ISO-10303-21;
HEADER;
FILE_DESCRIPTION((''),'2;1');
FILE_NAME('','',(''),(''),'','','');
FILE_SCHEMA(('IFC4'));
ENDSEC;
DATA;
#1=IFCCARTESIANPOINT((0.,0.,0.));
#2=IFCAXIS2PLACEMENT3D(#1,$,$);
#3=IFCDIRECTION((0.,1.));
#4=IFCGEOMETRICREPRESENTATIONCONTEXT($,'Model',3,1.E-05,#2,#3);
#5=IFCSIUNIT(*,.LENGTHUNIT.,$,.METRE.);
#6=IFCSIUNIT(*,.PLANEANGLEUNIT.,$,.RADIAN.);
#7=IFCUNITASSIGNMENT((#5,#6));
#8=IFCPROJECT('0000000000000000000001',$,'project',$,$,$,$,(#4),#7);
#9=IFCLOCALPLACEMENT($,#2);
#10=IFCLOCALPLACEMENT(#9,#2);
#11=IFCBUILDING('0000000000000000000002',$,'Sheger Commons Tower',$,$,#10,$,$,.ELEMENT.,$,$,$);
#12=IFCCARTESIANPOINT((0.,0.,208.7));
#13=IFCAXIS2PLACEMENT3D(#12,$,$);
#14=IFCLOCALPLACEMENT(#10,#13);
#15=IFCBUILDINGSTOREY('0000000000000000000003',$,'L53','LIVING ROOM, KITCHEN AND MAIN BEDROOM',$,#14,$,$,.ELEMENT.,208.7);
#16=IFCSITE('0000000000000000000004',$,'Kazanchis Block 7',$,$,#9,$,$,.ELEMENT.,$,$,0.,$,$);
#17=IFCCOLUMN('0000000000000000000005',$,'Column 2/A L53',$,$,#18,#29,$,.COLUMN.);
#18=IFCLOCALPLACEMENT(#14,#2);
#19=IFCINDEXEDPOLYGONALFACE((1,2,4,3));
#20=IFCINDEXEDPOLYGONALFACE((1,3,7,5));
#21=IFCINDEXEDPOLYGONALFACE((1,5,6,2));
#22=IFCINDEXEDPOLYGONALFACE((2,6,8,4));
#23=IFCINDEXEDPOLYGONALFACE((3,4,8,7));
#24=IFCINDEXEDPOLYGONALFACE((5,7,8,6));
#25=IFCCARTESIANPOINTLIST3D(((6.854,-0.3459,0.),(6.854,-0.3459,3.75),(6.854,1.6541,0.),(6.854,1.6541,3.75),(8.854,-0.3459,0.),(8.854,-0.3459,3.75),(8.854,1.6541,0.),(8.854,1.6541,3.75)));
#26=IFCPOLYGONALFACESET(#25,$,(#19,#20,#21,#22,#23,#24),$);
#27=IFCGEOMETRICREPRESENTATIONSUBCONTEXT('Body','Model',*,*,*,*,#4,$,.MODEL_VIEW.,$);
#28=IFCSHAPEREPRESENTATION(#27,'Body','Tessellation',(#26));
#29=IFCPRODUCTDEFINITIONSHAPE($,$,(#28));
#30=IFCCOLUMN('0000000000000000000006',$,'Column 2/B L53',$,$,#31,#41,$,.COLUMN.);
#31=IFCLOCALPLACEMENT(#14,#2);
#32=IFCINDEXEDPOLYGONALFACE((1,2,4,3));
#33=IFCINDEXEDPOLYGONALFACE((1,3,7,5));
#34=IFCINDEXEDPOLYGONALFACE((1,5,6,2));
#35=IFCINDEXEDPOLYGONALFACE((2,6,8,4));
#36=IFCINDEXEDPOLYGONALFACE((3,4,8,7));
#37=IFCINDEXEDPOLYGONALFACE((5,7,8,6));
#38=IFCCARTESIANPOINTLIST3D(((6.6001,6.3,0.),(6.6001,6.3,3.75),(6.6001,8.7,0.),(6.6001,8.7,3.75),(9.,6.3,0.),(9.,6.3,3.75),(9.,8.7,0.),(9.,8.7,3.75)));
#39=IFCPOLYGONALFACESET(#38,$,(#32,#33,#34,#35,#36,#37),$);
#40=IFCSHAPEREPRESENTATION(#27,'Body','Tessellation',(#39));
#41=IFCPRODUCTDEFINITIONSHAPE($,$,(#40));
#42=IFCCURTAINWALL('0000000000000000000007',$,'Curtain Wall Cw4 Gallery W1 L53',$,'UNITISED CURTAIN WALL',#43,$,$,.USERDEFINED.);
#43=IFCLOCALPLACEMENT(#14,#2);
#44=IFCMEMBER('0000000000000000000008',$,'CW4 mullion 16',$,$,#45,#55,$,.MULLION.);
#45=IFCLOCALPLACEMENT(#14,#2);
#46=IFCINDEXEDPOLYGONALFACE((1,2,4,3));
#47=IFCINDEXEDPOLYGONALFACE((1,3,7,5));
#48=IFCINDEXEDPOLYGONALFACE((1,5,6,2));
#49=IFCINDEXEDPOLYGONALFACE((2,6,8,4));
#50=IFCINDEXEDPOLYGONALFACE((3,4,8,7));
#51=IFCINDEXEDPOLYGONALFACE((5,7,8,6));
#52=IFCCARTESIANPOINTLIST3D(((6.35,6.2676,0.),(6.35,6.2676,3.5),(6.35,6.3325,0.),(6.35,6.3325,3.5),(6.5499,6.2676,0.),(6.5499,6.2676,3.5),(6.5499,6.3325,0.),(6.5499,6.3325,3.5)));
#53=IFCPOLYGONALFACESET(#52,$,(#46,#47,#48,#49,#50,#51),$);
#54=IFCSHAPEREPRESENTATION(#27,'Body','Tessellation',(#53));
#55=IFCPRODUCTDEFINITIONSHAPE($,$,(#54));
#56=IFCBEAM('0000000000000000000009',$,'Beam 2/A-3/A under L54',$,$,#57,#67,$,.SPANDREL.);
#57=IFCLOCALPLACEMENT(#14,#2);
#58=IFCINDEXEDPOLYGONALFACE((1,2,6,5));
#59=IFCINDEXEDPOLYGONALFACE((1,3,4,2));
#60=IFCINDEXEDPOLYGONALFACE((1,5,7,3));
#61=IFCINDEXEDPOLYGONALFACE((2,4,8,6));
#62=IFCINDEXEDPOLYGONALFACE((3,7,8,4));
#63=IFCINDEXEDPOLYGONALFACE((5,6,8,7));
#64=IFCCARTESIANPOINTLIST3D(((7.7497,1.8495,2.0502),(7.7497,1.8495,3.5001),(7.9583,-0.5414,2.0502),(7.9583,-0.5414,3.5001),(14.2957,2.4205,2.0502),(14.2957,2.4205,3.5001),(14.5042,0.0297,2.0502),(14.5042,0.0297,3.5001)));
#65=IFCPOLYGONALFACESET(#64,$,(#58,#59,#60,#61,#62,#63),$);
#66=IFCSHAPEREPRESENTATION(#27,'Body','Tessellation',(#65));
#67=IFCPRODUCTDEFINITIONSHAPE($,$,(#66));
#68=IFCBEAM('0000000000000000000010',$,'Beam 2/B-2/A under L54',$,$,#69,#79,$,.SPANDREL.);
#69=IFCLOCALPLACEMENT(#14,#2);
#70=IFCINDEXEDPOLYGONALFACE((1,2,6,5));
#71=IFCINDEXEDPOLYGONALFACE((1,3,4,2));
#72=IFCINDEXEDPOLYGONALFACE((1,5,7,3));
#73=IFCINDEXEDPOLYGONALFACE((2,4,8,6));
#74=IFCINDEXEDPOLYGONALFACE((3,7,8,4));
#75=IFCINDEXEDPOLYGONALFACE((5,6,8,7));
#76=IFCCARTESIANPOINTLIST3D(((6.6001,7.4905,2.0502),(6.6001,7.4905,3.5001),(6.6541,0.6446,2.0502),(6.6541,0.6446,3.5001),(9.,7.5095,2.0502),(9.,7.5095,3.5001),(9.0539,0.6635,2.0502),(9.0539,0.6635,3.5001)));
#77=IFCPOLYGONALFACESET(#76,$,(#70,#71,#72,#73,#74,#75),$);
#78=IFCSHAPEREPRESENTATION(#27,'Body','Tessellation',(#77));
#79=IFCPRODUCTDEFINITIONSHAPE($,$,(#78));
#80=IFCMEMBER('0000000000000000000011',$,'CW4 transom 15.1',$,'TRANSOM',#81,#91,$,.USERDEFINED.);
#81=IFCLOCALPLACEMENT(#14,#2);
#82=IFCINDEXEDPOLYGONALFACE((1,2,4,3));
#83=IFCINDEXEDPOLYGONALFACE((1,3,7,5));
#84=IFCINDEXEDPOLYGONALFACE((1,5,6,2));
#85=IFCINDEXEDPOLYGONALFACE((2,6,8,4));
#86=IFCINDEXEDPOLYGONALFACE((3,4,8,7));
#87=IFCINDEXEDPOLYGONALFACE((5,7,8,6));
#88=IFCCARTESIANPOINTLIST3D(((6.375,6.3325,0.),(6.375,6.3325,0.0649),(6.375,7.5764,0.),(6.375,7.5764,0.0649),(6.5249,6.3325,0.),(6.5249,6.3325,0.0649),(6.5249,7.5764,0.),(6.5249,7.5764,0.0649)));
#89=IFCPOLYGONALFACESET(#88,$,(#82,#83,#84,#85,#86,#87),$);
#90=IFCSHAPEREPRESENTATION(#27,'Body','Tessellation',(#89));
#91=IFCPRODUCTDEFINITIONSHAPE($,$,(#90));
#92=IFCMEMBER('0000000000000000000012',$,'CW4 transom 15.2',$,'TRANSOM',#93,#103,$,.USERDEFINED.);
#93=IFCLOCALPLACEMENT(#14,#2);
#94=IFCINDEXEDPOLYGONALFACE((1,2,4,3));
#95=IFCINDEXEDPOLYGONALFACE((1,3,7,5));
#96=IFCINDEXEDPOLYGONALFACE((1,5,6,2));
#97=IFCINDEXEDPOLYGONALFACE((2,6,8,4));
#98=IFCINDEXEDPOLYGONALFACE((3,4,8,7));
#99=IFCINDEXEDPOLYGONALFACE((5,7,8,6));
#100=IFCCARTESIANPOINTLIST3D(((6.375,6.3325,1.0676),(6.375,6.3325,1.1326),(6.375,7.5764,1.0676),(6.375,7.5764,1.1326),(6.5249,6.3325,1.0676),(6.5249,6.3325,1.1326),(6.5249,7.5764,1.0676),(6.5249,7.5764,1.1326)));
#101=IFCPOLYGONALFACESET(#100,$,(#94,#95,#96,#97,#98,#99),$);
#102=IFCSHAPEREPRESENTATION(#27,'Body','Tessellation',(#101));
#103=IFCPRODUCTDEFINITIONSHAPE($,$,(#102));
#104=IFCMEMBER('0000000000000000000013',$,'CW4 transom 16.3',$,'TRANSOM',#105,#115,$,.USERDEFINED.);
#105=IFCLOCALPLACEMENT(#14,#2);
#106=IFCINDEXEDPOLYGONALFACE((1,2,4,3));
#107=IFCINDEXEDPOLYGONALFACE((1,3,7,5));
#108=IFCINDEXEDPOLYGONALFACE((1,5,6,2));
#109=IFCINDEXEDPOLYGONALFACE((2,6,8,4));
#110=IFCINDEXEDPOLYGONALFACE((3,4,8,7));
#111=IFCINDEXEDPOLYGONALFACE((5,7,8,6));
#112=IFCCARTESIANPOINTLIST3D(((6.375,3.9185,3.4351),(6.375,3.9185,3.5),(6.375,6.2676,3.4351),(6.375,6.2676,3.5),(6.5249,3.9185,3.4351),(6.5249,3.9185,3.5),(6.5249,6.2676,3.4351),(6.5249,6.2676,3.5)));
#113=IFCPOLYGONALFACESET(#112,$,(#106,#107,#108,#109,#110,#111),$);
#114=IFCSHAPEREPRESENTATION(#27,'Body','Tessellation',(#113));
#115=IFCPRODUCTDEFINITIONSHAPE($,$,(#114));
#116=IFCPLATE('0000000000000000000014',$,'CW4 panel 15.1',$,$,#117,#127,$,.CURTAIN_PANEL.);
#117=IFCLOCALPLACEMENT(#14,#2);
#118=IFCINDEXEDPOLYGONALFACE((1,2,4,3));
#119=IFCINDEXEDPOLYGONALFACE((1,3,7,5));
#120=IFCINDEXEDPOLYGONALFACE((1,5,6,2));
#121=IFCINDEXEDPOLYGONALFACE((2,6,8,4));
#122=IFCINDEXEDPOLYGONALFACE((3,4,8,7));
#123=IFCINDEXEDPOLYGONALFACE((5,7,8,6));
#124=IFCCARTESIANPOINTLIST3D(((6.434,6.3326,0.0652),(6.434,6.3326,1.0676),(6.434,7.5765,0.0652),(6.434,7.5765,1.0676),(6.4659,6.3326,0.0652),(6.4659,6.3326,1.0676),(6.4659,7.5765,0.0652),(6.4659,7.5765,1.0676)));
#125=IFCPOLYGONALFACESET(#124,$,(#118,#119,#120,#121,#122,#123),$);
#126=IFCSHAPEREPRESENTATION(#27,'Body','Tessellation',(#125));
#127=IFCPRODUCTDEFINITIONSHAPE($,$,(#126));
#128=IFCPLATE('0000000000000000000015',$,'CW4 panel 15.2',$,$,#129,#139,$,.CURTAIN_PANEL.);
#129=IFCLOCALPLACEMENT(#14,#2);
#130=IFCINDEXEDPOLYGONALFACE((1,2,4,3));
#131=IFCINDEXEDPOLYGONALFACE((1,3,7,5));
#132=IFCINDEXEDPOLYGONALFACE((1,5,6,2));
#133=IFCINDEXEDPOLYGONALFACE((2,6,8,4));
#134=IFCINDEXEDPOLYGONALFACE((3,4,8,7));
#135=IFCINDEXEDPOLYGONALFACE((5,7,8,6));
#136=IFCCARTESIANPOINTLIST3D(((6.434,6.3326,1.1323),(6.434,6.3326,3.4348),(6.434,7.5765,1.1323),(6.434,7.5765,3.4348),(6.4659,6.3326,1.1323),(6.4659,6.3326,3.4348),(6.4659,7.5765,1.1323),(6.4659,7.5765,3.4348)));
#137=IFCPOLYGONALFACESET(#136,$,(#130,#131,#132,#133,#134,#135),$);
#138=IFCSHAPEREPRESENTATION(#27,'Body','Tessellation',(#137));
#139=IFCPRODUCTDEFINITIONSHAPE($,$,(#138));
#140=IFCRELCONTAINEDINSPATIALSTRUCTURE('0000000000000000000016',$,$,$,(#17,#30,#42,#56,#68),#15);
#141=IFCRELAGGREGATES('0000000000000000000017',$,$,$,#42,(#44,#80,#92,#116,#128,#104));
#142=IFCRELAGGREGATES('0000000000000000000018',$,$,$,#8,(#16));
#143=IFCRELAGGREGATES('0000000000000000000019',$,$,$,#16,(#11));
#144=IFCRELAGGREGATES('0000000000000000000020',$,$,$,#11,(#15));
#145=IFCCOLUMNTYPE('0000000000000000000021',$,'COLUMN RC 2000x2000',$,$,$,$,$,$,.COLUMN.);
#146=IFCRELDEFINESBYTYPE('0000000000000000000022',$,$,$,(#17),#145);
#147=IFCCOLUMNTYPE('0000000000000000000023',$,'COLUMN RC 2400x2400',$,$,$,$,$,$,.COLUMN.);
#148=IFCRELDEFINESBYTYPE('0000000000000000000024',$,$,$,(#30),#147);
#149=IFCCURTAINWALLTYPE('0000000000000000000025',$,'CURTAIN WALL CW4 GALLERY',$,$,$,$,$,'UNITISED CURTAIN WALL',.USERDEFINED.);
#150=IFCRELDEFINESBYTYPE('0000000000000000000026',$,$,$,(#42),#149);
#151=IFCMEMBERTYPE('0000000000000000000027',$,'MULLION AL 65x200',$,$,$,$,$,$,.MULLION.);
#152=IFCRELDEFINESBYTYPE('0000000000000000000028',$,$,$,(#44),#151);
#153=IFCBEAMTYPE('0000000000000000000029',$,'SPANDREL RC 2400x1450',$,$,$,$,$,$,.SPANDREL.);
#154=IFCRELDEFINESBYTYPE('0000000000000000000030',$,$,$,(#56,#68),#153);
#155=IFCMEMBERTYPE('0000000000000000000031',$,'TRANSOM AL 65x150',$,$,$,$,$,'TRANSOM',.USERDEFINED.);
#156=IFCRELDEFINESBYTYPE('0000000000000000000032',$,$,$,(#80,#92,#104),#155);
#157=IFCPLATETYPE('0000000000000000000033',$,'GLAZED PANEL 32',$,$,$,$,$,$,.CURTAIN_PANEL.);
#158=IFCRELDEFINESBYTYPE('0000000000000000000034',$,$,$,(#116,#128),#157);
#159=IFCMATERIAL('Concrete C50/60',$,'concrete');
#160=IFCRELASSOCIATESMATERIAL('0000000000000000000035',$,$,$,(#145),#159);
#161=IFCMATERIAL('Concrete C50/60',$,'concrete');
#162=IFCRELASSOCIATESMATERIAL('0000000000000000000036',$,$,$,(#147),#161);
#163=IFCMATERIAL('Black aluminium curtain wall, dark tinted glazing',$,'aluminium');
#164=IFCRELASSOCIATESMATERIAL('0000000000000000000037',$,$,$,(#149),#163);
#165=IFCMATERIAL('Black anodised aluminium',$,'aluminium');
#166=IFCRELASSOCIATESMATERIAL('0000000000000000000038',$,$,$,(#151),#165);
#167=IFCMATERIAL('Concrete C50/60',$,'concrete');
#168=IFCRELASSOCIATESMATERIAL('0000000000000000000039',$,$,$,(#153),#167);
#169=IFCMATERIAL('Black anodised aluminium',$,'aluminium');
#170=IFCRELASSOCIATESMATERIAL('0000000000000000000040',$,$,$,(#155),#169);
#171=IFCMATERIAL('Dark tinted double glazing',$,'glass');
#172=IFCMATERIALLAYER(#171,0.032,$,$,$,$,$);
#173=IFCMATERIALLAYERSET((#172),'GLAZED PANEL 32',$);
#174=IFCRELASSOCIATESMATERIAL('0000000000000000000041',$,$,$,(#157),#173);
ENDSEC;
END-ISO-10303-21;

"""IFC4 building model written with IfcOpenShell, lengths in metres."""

from ifc_helpers import new_model, si_unit, direction, frame, origin, origin_2d, place, context, subcontext, project, spatial, rectangle, extrude, material, layer, layer_set, material_profile, profile_set, type_object, element, aggregate, save


model = new_model("IFC4")

# Units and contexts
model_context = context("Model", 3, precision=1e-05, world=origin(), true_north=direction((0.0, 1.0)))
body_context = subcontext(model_context, "Body", "Model", "MODEL_VIEW")
ifc_project = project(units=[si_unit("LENGTHUNIT", "METRE"), si_unit("PLANEANGLEUNIT", "RADIAN")], contexts=[model_context])

# Site, building, storey
site_placement = place(None, origin())
site = spatial("IfcSite", under=ifc_project, at=site_placement, Name="Kazanchis Block 7", CompositionType="ELEMENT", RefElevation=0.0)
building_placement = place(site_placement, origin())
building = spatial("IfcBuilding", under=site, at=building_placement, Name="Sheger Commons Tower", CompositionType="ELEMENT")
storey_placement = place(building_placement, frame((0.0, 0.0, 208.7)))
storey = spatial("IfcBuildingStorey", under=building, at=storey_placement, Name="L53", Description="LIVING ROOM, KITCHEN AND MAIN BEDROOM", CompositionType="ELEMENT", Elevation=208.7)

# Columns
ifc_material_1 = material(Name="Concrete C50/60", Category="concrete")
ifc_material_profile_1 = material_profile(ifc_material_1, rectangle(XDim=2.0, YDim=2.0, at=origin_2d()), Name="RC 2000x2000")
ifc_profile_set_1 = profile_set([ifc_material_profile_1], Name="Concrete C50/60")
column_type_1 = type_object("IfcColumnType", Name="COLUMN RC 2000x2000", PredefinedType="COLUMN", material=ifc_profile_set_1)
column_1_placement = place(storey_placement, frame((7.854, 0.6541, 0.0), z_axis=(0.0, 0.0, 1.0), x_axis=(1.0, 0.0, 0.0)))
element("IfcColumn", 1, at=column_1_placement, inside=storey, type_object=column_type_1, Name="Column 2/A L53", PredefinedType="COLUMN", context=body_context, shape_type="SweptSolid", body=[
    extrude(rectangle(XDim=2.0, YDim=2.0, at=origin_2d()), origin(), (0.0, 0.0, 1.0), 3.75),
])
ifc_material_2 = material(Name="Concrete C50/60", Category="concrete")
ifc_material_profile_2 = material_profile(ifc_material_2, rectangle(XDim=2.3999, YDim=2.3999, at=origin_2d()), Name="RC 2400x2400")
ifc_profile_set_2 = profile_set([ifc_material_profile_2], Name="Concrete C50/60")
column_type_2 = type_object("IfcColumnType", Name="COLUMN RC 2400x2400", PredefinedType="COLUMN", material=ifc_profile_set_2)
column_2_placement = place(storey_placement, frame((7.8, 7.5, 0.0), z_axis=(0.0, 0.0, 1.0), x_axis=(1.0, 0.0, 0.0)))
element("IfcColumn", 2, at=column_2_placement, inside=storey, type_object=column_type_2, Name="Column 2/B L53", PredefinedType="COLUMN", context=body_context, shape_type="SweptSolid", body=[
    extrude(rectangle(XDim=2.3999, YDim=2.3999, at=origin_2d()), origin(), (0.0, 0.0, 1.0), 3.75),
])

# Curtain wall, member
ifc_material_3 = material(Name="Black aluminium curtain wall, dark tinted glazing", Category="aluminium")
curtain_wall_type = type_object("IfcCurtainWallType", Name="CURTAIN WALL CW4 GALLERY", ElementType="UNITISED CURTAIN WALL", PredefinedType="USERDEFINED", material=ifc_material_3)
curtain_wall_placement = place(storey_placement, origin())
curtain_wall = element("IfcCurtainWall", 3, at=curtain_wall_placement, inside=storey, type_object=curtain_wall_type, Name="Curtain Wall Cw4 Gallery W1 L53", ObjectType="UNITISED CURTAIN WALL", PredefinedType="USERDEFINED")
ifc_material_4 = material(Name="Black anodised aluminium", Category="aluminium")
ifc_material_profile_3 = material_profile(ifc_material_4, rectangle(XDim=0.2, YDim=0.0649, at=origin_2d()), Name="AL 65x200")
ifc_profile_set_3 = profile_set([ifc_material_profile_3], Name="Black anodised aluminium")
member_type_1 = type_object("IfcMemberType", Name="MULLION AL 65x200", PredefinedType="MULLION", material=ifc_profile_set_3)
member_1_placement = place(storey_placement, frame((6.45, 6.3, 0.0), z_axis=(0.0, 0.0, 1.0), x_axis=(1.0, 0.0, 0.0)))
member_1 = element("IfcMember", 4, at=member_1_placement, type_object=member_type_1, Name="CW4 mullion 16", PredefinedType="MULLION", context=body_context, shape_type="SweptSolid", body=[
    extrude(rectangle(XDim=0.2, YDim=0.0649, at=origin_2d()), origin(), (0.0, 0.0, 1.0), 3.5),
])

# Beams
ifc_material_5 = material(Name="Concrete C50/60", Category="concrete")
ifc_material_profile_4 = material_profile(ifc_material_5, rectangle(XDim=2.3999, YDim=1.45, at=origin_2d()), Name="RC 2400x1450")
ifc_profile_set_4 = profile_set([ifc_material_profile_4], Name="Concrete C50/60")
beam_type = type_object("IfcBeamType", Name="SPANDREL RC 2400x1450", PredefinedType="SPANDREL", material=ifc_profile_set_4)
beam_1_placement = place(storey_placement, frame((7.854, 0.6541, 2.7751), z_axis=(0.996216, 0.086907, 0.0), x_axis=(-0.086907, 0.996216, 0.0)))
element("IfcBeam", 5, at=beam_1_placement, inside=storey, type_object=beam_type, Name="Beam 2/A-3/A under L54", PredefinedType="SPANDREL", context=body_context, shape_type="SweptSolid", body=[
    extrude(rectangle(XDim=2.3999, YDim=1.45, at=origin_2d()), origin(), (0.0, 0.0, 1.0), 6.5708),
])
beam_2_placement = place(storey_placement, frame((7.8, 7.5, 2.7751), z_axis=(0.007881, -0.999969, 0.0), x_axis=(0.999969, 0.007881, 0.0)))
element("IfcBeam", 6, at=beam_2_placement, inside=storey, type_object=beam_type, Name="Beam 2/B-2/A under L54", PredefinedType="SPANDREL", context=body_context, shape_type="SweptSolid", body=[
    extrude(rectangle(XDim=2.3999, YDim=1.45, at=origin_2d()), origin(), (0.0, 0.0, 1.0), 6.8462),
])

# Members
ifc_material_6 = material(Name="Black anodised aluminium", Category="aluminium")
ifc_material_profile_5 = material_profile(ifc_material_6, rectangle(XDim=0.1499, YDim=0.0649, at=origin_2d()), Name="AL 65x150")
ifc_profile_set_5 = profile_set([ifc_material_profile_5], Name="Black anodised aluminium")
member_type_2 = type_object("IfcMemberType", Name="TRANSOM AL 65x150", ElementType="TRANSOM", PredefinedType="USERDEFINED", material=ifc_profile_set_5)
member_2_placement = place(storey_placement, frame((6.45, 7.5764, 0.0325), z_axis=(0.0, -1.0, 0.0), x_axis=(1.0, 0.0, 0.0)))
member_2 = element("IfcMember", 7, at=member_2_placement, type_object=member_type_2, Name="CW4 transom 15.1", ObjectType="TRANSOM", PredefinedType="USERDEFINED", context=body_context, shape_type="SweptSolid", body=[
    extrude(rectangle(XDim=0.1499, YDim=0.0649, at=origin_2d()), origin(), (0.0, 0.0, 1.0), 1.2439),
])
member_3_placement = place(storey_placement, frame((6.45, 7.5764, 1.1001), z_axis=(0.0, -1.0, 0.0), x_axis=(1.0, 0.0, 0.0)))
member_3 = element("IfcMember", 8, at=member_3_placement, type_object=member_type_2, Name="CW4 transom 15.2", ObjectType="TRANSOM", PredefinedType="USERDEFINED", context=body_context, shape_type="SweptSolid", body=[
    extrude(rectangle(XDim=0.1499, YDim=0.0649, at=origin_2d()), origin(), (0.0, 0.0, 1.0), 1.2439),
])
member_4_placement = place(storey_placement, frame((6.45, 6.2676, 3.4675), z_axis=(0.0, -1.0, 0.0), x_axis=(1.0, 0.0, 0.0)))
member_4 = element("IfcMember", 9, at=member_4_placement, type_object=member_type_2, Name="CW4 transom 16.3", ObjectType="TRANSOM", PredefinedType="USERDEFINED", context=body_context, shape_type="SweptSolid", body=[
    extrude(rectangle(XDim=0.1499, YDim=0.0649, at=origin_2d()), origin(), (0.0, 0.0, 1.0), 2.3491),
])

# Plates
ifc_material_7 = material(Name="Dark tinted double glazing", Category="glass")
ifc_layer_1 = layer(ifc_material_7, 0.032)
ifc_layer_set_1 = layer_set([ifc_layer_1], Name="GLAZED PANEL 32")
plate_type = type_object("IfcPlateType", Name="GLAZED PANEL 32", PredefinedType="CURTAIN_PANEL", material=ifc_layer_set_1)
plate_1_placement = place(storey_placement, frame((6.45, 6.9546, 0.0652), z_axis=(0.0, 0.0, 1.0), x_axis=(0.0, -1.0, 0.0)))
plate_1 = element("IfcPlate", 10, at=plate_1_placement, type_object=plate_type, Name="CW4 panel 15.1", PredefinedType="CURTAIN_PANEL", context=body_context, shape_type="SweptSolid", body=[
    extrude(rectangle(XDim=1.2439, YDim=0.032, at=origin_2d()), origin(), (0.0, 0.0, 1.0), 1.0024),
])
plate_2_placement = place(storey_placement, frame((6.45, 6.9546, 1.1323), z_axis=(0.0, 0.0, 1.0), x_axis=(0.0, -1.0, 0.0)))
plate_2 = element("IfcPlate", 11, at=plate_2_placement, type_object=plate_type, Name="CW4 panel 15.2", PredefinedType="CURTAIN_PANEL", context=body_context, shape_type="SweptSolid", body=[
    extrude(rectangle(XDim=1.2439, YDim=0.032, at=origin_2d()), origin(), (0.0, 0.0, 1.0), 2.3025),
])
aggregate(curtain_wall, [member_1, member_2, member_3, plate_1, plate_2, member_4])

save(model, "model.ifc")
